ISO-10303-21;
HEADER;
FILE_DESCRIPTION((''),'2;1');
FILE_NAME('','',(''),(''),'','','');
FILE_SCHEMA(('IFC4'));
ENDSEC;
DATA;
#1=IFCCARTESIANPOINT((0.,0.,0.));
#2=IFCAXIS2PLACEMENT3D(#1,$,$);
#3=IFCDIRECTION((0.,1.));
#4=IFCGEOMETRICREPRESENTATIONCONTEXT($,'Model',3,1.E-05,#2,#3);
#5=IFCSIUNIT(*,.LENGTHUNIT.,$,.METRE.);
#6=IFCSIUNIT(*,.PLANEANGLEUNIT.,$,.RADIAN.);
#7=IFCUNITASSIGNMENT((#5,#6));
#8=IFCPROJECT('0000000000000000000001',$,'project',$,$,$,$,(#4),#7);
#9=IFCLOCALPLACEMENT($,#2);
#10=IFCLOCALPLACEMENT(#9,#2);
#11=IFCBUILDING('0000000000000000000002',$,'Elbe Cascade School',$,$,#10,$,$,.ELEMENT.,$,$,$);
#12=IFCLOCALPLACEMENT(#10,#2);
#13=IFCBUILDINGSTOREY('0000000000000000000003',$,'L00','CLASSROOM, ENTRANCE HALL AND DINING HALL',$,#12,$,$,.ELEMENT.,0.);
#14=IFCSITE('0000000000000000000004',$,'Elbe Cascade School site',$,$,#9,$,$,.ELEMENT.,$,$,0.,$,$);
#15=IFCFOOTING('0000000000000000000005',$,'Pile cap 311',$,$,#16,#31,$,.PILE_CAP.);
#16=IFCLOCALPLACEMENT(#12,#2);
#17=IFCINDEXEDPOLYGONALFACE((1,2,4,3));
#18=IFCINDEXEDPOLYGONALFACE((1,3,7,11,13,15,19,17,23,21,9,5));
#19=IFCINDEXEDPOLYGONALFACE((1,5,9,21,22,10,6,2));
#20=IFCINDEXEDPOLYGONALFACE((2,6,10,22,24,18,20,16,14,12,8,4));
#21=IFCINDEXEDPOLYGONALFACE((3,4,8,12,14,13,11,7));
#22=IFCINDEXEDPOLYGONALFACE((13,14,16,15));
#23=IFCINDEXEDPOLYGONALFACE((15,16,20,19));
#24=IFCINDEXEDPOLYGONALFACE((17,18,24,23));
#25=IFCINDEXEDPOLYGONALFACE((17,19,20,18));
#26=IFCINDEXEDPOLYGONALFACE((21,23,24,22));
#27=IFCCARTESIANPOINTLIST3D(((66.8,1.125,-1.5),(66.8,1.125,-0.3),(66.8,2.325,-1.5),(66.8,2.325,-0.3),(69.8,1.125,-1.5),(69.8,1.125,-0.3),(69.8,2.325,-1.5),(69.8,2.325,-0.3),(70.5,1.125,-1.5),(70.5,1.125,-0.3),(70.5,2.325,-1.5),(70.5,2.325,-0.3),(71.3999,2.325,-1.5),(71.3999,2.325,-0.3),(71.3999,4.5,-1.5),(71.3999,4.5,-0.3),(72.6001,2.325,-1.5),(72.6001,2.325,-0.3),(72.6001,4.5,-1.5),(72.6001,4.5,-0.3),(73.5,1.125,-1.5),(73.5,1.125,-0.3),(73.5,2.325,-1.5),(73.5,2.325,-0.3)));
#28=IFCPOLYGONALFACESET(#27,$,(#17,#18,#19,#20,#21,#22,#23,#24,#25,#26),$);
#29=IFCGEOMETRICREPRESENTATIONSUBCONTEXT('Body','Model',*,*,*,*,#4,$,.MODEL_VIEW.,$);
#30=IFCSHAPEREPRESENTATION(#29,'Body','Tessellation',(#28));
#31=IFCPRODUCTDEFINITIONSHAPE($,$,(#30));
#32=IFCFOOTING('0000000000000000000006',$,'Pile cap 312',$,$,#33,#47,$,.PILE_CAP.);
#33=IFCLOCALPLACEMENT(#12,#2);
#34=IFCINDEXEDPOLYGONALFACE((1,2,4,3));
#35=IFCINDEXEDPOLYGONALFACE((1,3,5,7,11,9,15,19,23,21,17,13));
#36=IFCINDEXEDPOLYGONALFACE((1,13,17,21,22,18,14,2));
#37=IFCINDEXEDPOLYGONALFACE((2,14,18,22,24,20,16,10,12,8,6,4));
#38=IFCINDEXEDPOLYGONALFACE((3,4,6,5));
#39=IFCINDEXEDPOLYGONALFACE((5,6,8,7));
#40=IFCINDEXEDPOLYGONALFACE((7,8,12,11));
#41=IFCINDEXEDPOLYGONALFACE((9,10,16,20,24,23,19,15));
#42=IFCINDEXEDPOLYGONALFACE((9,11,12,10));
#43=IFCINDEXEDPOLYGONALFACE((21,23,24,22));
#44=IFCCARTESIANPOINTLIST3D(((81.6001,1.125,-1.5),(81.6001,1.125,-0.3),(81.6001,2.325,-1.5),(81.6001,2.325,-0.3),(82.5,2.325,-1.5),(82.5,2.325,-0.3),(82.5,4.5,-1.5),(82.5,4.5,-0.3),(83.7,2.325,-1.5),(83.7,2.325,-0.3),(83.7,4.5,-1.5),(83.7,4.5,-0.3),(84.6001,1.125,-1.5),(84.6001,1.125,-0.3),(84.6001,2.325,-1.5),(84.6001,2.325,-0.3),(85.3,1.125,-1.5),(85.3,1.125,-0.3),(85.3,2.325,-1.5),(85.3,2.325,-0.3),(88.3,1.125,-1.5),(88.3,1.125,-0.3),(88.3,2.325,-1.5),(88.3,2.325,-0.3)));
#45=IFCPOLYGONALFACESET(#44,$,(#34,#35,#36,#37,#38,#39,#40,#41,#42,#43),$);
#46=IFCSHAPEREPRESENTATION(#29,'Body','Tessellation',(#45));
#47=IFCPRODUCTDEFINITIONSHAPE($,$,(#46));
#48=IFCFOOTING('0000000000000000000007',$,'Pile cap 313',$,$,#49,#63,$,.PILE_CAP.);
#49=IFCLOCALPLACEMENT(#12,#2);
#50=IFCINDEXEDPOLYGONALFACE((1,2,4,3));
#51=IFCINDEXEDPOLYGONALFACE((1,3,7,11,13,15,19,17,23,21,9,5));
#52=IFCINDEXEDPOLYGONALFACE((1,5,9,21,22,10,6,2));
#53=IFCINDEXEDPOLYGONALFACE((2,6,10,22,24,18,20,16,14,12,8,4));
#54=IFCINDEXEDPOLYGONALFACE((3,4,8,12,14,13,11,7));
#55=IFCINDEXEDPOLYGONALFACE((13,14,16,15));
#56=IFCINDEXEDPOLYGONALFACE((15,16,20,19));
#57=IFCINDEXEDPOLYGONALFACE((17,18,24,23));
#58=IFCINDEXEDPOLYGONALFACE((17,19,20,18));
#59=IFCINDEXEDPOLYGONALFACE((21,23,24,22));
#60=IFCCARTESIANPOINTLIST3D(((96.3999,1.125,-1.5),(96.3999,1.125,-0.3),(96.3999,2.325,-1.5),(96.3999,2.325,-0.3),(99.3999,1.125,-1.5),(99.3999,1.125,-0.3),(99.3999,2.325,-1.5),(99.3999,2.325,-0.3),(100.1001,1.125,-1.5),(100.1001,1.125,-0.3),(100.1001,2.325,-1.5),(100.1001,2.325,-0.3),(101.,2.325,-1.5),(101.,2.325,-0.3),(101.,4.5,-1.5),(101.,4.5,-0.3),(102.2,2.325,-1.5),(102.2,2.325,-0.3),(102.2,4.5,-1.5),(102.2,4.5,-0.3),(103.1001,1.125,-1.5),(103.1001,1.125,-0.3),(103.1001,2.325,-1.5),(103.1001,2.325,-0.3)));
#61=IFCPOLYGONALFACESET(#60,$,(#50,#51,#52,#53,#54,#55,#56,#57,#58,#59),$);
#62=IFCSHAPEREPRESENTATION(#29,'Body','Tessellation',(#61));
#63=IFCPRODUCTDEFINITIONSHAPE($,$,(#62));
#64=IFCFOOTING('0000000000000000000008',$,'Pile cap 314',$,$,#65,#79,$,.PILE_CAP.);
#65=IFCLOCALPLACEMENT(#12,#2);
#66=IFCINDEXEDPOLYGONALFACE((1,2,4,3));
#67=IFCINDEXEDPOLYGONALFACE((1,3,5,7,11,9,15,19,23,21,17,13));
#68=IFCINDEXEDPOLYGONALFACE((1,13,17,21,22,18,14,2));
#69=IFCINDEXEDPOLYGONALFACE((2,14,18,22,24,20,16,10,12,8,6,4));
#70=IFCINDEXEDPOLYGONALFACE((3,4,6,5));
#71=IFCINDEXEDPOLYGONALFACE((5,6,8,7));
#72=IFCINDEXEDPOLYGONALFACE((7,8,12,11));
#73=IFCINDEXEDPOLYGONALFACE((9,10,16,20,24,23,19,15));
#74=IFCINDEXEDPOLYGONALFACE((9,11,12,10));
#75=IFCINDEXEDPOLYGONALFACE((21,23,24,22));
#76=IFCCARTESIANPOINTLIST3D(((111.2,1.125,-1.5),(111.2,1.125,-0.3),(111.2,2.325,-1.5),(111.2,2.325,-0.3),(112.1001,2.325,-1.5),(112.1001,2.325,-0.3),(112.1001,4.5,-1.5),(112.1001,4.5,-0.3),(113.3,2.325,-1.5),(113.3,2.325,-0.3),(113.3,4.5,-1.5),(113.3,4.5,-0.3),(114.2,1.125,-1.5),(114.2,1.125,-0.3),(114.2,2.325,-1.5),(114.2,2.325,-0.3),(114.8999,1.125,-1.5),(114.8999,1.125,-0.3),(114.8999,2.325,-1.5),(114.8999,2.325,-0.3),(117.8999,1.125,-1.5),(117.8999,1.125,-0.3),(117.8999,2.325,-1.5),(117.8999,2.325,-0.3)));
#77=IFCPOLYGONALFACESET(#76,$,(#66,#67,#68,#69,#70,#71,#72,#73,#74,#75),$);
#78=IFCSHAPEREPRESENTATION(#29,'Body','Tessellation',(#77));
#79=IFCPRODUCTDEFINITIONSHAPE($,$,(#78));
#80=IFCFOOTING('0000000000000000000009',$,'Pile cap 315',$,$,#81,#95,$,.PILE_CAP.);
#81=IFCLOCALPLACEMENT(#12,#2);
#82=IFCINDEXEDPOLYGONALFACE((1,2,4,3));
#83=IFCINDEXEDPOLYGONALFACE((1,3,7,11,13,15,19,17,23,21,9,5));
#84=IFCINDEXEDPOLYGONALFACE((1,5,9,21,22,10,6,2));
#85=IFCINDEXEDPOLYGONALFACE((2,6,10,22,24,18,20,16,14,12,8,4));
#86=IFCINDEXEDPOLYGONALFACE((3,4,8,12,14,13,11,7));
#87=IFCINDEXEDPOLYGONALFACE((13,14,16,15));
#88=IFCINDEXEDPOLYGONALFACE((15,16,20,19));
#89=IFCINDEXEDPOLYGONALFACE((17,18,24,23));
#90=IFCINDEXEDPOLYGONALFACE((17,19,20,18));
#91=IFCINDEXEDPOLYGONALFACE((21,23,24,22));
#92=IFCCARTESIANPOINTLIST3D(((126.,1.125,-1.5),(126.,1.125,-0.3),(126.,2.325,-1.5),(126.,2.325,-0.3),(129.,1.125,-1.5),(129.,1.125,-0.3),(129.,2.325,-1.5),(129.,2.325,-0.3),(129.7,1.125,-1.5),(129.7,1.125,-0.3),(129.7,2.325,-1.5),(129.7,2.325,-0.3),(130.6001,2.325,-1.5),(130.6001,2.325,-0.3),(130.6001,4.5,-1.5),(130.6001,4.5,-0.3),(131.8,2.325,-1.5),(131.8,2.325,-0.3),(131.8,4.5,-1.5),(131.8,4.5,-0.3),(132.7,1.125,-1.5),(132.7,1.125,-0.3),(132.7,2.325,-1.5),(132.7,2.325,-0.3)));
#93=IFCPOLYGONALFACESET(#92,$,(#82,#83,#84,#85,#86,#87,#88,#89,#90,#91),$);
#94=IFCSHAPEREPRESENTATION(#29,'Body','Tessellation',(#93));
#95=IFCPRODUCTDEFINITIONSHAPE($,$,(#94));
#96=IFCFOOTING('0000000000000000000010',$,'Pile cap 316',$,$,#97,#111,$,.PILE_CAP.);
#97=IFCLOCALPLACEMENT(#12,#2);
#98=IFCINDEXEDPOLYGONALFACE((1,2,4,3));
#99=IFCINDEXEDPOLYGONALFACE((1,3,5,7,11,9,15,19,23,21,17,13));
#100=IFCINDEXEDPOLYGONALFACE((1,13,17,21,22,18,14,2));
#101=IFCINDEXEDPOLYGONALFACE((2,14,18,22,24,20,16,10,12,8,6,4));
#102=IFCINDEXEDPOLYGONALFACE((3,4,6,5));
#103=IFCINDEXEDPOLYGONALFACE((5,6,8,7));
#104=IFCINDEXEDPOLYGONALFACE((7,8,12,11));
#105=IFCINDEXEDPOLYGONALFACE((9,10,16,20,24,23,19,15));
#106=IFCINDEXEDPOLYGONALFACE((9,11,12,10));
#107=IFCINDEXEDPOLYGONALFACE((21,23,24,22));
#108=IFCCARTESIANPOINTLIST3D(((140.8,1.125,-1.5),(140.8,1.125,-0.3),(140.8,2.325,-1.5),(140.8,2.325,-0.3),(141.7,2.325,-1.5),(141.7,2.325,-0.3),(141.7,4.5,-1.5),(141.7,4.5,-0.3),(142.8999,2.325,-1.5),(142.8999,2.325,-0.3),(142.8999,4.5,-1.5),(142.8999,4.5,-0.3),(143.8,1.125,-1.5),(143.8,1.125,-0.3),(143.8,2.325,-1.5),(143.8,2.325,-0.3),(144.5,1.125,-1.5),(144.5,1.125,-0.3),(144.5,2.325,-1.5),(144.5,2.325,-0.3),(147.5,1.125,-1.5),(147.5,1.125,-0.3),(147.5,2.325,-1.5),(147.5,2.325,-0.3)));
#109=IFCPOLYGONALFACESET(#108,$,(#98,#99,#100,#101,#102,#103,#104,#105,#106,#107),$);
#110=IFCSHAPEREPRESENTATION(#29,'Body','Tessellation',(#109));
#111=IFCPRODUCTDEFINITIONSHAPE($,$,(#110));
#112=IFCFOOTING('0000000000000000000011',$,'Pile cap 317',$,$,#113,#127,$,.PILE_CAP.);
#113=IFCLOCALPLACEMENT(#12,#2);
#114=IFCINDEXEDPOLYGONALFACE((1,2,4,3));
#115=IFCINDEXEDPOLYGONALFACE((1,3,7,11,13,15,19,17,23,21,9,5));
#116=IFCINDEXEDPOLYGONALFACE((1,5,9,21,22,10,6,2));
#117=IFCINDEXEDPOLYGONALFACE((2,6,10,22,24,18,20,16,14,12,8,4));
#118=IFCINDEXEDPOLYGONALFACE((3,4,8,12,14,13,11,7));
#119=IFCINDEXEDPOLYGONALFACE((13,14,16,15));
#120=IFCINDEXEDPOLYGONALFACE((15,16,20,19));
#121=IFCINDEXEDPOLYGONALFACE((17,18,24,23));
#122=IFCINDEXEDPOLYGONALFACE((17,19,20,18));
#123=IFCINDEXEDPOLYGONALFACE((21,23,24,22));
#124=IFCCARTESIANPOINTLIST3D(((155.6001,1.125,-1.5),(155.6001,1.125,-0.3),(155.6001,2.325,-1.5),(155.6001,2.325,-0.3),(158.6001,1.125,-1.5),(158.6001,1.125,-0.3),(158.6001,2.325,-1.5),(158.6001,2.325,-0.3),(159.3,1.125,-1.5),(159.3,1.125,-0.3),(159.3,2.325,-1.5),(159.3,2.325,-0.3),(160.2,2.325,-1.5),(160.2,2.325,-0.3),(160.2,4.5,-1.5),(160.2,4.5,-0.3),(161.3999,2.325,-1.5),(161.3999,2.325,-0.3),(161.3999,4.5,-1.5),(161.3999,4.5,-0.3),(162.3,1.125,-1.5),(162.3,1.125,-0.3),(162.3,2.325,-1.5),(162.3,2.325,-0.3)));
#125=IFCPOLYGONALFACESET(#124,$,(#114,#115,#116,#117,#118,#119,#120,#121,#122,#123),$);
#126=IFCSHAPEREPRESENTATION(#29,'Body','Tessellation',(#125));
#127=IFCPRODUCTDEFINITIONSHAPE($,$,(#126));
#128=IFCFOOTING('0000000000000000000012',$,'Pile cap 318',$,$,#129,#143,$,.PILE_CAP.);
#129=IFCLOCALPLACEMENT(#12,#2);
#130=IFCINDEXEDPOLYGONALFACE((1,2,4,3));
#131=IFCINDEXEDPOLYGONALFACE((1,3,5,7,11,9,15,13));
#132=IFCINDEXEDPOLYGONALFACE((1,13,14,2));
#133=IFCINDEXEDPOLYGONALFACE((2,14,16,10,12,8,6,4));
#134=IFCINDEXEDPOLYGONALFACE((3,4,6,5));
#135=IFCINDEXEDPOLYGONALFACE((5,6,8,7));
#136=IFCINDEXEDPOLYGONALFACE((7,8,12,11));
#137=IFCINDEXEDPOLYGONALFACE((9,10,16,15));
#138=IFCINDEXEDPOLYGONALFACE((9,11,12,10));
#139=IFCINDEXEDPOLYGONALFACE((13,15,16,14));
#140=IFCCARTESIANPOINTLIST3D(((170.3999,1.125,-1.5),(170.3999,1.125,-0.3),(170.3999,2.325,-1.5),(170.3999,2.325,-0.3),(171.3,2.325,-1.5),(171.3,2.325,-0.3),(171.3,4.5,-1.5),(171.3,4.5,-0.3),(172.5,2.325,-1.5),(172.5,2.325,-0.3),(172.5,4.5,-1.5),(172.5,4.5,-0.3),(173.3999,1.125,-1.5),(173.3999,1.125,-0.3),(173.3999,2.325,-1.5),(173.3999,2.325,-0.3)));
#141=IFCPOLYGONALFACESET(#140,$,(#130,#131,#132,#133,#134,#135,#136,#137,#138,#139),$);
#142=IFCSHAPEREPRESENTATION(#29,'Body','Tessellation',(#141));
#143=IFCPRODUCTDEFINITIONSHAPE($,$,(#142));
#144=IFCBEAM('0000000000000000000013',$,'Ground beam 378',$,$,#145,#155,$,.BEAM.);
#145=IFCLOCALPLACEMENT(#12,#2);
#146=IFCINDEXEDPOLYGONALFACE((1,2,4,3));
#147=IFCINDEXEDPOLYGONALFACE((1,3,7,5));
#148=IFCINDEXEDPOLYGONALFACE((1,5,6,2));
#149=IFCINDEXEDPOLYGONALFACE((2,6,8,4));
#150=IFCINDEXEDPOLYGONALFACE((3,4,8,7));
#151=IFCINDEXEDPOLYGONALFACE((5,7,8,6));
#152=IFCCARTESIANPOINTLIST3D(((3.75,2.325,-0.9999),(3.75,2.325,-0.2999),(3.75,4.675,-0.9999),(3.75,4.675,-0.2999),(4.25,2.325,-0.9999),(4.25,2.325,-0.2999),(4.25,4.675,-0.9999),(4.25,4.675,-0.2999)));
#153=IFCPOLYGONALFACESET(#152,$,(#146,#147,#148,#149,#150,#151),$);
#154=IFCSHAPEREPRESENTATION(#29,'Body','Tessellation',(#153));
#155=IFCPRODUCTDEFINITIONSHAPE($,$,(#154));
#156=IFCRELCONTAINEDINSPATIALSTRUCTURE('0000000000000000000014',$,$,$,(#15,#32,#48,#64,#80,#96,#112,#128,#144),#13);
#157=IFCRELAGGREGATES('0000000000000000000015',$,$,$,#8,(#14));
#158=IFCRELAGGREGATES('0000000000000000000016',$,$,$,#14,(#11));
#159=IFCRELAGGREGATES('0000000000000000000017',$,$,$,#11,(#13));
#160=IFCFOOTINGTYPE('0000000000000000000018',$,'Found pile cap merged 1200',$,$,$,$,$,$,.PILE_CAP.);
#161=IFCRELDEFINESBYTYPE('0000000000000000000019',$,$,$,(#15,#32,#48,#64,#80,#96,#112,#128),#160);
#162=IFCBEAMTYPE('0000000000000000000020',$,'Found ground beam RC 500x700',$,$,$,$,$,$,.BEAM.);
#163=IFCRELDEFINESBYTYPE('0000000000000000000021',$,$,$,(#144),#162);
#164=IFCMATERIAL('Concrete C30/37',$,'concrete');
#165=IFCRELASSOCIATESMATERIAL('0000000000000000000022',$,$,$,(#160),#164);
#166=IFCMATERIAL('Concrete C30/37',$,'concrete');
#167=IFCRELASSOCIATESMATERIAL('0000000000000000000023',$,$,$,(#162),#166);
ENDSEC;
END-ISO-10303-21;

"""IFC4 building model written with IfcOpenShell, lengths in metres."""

from ifc_helpers import new_model, si_unit, direction, frame, origin, origin_2d, place, context, subcontext, project, spatial, polyline, rectangle, outline, extrude, material, material_profile, profile_set, type_object, element, save


model = new_model("IFC4")

# Units and contexts
model_context = context("Model", 3, precision=1e-05, world=origin(), true_north=direction((0.0, 1.0)))
body_context = subcontext(model_context, "Body", "Model", "MODEL_VIEW")
ifc_project = project(units=[si_unit("LENGTHUNIT", "METRE"), si_unit("PLANEANGLEUNIT", "RADIAN")], contexts=[model_context])

# Site, building, storey
site_placement = place(None, origin())
site = spatial("IfcSite", under=ifc_project, at=site_placement, Name="Elbe Cascade School site", CompositionType="ELEMENT", RefElevation=0.0)
building_placement = place(site_placement, origin())
building = spatial("IfcBuilding", under=site, at=building_placement, Name="Elbe Cascade School", CompositionType="ELEMENT")
storey_placement = place(building_placement, origin())
storey = spatial("IfcBuildingStorey", under=building, at=storey_placement, Name="L00", Description="CLASSROOM, ENTRANCE HALL AND DINING HALL", CompositionType="ELEMENT", Elevation=0.0)

# Footings
ifc_material_1 = material(Name="Concrete C30/37", Category="concrete")
footing_type_1 = type_object("IfcFootingType", Name="Found pile cap merged 1200", PredefinedType="PILE_CAP", material=ifc_material_1)
footing_1_placement = place(storey_placement, frame((0.0, 0.0, -1.5)))
element("IfcFooting", 1, at=footing_1_placement, inside=storey, type_object=footing_type_1, Name="Pile cap 311", PredefinedType="PILE_CAP", context=body_context, shape_type="SweptSolid", body=[
    extrude(outline(polyline([(66.8, 2.325), (69.8, 2.325), (70.5, 2.325), (71.3999, 2.325), (71.3999, 4.5), (72.6001, 4.5), (72.6001, 2.325), (73.5, 2.325), (73.5, 1.125), (70.5, 1.125), (69.8, 1.125), (66.8, 1.125), (66.8, 2.325)])), origin(), (0.0, 0.0, 1.0), 1.2),
])
footing_2_placement = place(storey_placement, frame((0.0, 0.0, -1.5)))
element("IfcFooting", 2, at=footing_2_placement, inside=storey, type_object=footing_type_1, Name="Pile cap 312", PredefinedType="PILE_CAP", context=body_context, shape_type="SweptSolid", body=[
    extrude(outline(polyline([(81.6001, 2.325), (82.5, 2.325), (82.5, 4.5), (83.7, 4.5), (83.7, 2.325), (84.6001, 2.325), (85.3, 2.325), (88.3, 2.325), (88.3, 1.125), (85.3, 1.125), (84.6001, 1.125), (81.6001, 1.125), (81.6001, 2.325)])), origin(), (0.0, 0.0, 1.0), 1.2),
])
footing_3_placement = place(storey_placement, frame((0.0, 0.0, -1.5)))
element("IfcFooting", 3, at=footing_3_placement, inside=storey, type_object=footing_type_1, Name="Pile cap 313", PredefinedType="PILE_CAP", context=body_context, shape_type="SweptSolid", body=[
    extrude(outline(polyline([(96.3999, 2.325), (99.3999, 2.325), (100.1001, 2.325), (101.0, 2.325), (101.0, 4.5), (102.2, 4.5), (102.2, 2.325), (103.1001, 2.325), (103.1001, 1.125), (100.1001, 1.125), (99.3999, 1.125), (96.3999, 1.125), (96.3999, 2.325)])), origin(), (0.0, 0.0, 1.0), 1.2),
])
footing_4_placement = place(storey_placement, frame((0.0, 0.0, -1.5)))
element("IfcFooting", 4, at=footing_4_placement, inside=storey, type_object=footing_type_1, Name="Pile cap 314", PredefinedType="PILE_CAP", context=body_context, shape_type="SweptSolid", body=[
    extrude(outline(polyline([(111.2, 2.325), (112.1001, 2.325), (112.1001, 4.5), (113.3, 4.5), (113.3, 2.325), (114.2, 2.325), (114.8999, 2.325), (117.8999, 2.325), (117.8999, 1.125), (114.8999, 1.125), (114.2, 1.125), (111.2, 1.125), (111.2, 2.325)])), origin(), (0.0, 0.0, 1.0), 1.2),
])
footing_5_placement = place(storey_placement, frame((0.0, 0.0, -1.5)))
element("IfcFooting", 5, at=footing_5_placement, inside=storey, type_object=footing_type_1, Name="Pile cap 315", PredefinedType="PILE_CAP", context=body_context, shape_type="SweptSolid", body=[
    extrude(outline(polyline([(126.0, 2.325), (129.0, 2.325), (129.7, 2.325), (130.6001, 2.325), (130.6001, 4.5), (131.8, 4.5), (131.8, 2.325), (132.7, 2.325), (132.7, 1.125), (129.7, 1.125), (129.0, 1.125), (126.0, 1.125), (126.0, 2.325)])), origin(), (0.0, 0.0, 1.0), 1.2),
])
footing_6_placement = place(storey_placement, frame((0.0, 0.0, -1.5)))
element("IfcFooting", 6, at=footing_6_placement, inside=storey, type_object=footing_type_1, Name="Pile cap 316", PredefinedType="PILE_CAP", context=body_context, shape_type="SweptSolid", body=[
    extrude(outline(polyline([(140.8, 2.325), (141.7, 2.325), (141.7, 4.5), (142.8999, 4.5), (142.8999, 2.325), (143.8, 2.325), (144.5, 2.325), (147.5, 2.325), (147.5, 1.125), (144.5, 1.125), (143.8, 1.125), (140.8, 1.125), (140.8, 2.325)])), origin(), (0.0, 0.0, 1.0), 1.2),
])
footing_7_placement = place(storey_placement, frame((0.0, 0.0, -1.5)))
element("IfcFooting", 7, at=footing_7_placement, inside=storey, type_object=footing_type_1, Name="Pile cap 317", PredefinedType="PILE_CAP", context=body_context, shape_type="SweptSolid", body=[
    extrude(outline(polyline([(155.6001, 2.325), (158.6001, 2.325), (159.3, 2.325), (160.2, 2.325), (160.2, 4.5), (161.3999, 4.5), (161.3999, 2.325), (162.3, 2.325), (162.3, 1.125), (159.3, 1.125), (158.6001, 1.125), (155.6001, 1.125), (155.6001, 2.325)])), origin(), (0.0, 0.0, 1.0), 1.2),
])
footing_8_placement = place(storey_placement, frame((0.0, 0.0, -1.5)))
element("IfcFooting", 8, at=footing_8_placement, inside=storey, type_object=footing_type_1, Name="Pile cap 318", PredefinedType="PILE_CAP", context=body_context, shape_type="SweptSolid", body=[
    extrude(outline(polyline([(173.3999, 2.325), (173.3999, 1.125), (170.3999, 1.125), (170.3999, 2.325), (171.3, 2.325), (171.3, 4.5), (172.5, 4.5), (172.5, 2.325), (173.3999, 2.325)])), origin(), (0.0, 0.0, 1.0), 1.2),
])

# Beam
ifc_material_2 = material(Name="Concrete C30/37", Category="concrete")
ifc_material_profile_1 = material_profile(ifc_material_2, rectangle(XDim=0.5, YDim=0.7, at=origin_2d()), Name="RC 500x700")
ifc_profile_set_1 = profile_set([ifc_material_profile_1], Name="Concrete C30/37")
beam_type = type_object("IfcBeamType", Name="Found ground beam RC 500x700", PredefinedType="BEAM", material=ifc_profile_set_1)
beam_placement = place(storey_placement, frame((4.0, 2.325, -0.6499), z_axis=(0.0, 1.0, 0.0), x_axis=(-1.0, 0.0, 0.0)))
element("IfcBeam", 9, at=beam_placement, inside=storey, type_object=beam_type, Name="Ground beam 378", PredefinedType="BEAM", context=body_context, shape_type="SweptSolid", body=[
    extrude(rectangle(XDim=0.5, YDim=0.7, at=origin_2d()), origin(), (0.0, 0.0, 1.0), 2.3501),
])

save(model, "model.ifc")
